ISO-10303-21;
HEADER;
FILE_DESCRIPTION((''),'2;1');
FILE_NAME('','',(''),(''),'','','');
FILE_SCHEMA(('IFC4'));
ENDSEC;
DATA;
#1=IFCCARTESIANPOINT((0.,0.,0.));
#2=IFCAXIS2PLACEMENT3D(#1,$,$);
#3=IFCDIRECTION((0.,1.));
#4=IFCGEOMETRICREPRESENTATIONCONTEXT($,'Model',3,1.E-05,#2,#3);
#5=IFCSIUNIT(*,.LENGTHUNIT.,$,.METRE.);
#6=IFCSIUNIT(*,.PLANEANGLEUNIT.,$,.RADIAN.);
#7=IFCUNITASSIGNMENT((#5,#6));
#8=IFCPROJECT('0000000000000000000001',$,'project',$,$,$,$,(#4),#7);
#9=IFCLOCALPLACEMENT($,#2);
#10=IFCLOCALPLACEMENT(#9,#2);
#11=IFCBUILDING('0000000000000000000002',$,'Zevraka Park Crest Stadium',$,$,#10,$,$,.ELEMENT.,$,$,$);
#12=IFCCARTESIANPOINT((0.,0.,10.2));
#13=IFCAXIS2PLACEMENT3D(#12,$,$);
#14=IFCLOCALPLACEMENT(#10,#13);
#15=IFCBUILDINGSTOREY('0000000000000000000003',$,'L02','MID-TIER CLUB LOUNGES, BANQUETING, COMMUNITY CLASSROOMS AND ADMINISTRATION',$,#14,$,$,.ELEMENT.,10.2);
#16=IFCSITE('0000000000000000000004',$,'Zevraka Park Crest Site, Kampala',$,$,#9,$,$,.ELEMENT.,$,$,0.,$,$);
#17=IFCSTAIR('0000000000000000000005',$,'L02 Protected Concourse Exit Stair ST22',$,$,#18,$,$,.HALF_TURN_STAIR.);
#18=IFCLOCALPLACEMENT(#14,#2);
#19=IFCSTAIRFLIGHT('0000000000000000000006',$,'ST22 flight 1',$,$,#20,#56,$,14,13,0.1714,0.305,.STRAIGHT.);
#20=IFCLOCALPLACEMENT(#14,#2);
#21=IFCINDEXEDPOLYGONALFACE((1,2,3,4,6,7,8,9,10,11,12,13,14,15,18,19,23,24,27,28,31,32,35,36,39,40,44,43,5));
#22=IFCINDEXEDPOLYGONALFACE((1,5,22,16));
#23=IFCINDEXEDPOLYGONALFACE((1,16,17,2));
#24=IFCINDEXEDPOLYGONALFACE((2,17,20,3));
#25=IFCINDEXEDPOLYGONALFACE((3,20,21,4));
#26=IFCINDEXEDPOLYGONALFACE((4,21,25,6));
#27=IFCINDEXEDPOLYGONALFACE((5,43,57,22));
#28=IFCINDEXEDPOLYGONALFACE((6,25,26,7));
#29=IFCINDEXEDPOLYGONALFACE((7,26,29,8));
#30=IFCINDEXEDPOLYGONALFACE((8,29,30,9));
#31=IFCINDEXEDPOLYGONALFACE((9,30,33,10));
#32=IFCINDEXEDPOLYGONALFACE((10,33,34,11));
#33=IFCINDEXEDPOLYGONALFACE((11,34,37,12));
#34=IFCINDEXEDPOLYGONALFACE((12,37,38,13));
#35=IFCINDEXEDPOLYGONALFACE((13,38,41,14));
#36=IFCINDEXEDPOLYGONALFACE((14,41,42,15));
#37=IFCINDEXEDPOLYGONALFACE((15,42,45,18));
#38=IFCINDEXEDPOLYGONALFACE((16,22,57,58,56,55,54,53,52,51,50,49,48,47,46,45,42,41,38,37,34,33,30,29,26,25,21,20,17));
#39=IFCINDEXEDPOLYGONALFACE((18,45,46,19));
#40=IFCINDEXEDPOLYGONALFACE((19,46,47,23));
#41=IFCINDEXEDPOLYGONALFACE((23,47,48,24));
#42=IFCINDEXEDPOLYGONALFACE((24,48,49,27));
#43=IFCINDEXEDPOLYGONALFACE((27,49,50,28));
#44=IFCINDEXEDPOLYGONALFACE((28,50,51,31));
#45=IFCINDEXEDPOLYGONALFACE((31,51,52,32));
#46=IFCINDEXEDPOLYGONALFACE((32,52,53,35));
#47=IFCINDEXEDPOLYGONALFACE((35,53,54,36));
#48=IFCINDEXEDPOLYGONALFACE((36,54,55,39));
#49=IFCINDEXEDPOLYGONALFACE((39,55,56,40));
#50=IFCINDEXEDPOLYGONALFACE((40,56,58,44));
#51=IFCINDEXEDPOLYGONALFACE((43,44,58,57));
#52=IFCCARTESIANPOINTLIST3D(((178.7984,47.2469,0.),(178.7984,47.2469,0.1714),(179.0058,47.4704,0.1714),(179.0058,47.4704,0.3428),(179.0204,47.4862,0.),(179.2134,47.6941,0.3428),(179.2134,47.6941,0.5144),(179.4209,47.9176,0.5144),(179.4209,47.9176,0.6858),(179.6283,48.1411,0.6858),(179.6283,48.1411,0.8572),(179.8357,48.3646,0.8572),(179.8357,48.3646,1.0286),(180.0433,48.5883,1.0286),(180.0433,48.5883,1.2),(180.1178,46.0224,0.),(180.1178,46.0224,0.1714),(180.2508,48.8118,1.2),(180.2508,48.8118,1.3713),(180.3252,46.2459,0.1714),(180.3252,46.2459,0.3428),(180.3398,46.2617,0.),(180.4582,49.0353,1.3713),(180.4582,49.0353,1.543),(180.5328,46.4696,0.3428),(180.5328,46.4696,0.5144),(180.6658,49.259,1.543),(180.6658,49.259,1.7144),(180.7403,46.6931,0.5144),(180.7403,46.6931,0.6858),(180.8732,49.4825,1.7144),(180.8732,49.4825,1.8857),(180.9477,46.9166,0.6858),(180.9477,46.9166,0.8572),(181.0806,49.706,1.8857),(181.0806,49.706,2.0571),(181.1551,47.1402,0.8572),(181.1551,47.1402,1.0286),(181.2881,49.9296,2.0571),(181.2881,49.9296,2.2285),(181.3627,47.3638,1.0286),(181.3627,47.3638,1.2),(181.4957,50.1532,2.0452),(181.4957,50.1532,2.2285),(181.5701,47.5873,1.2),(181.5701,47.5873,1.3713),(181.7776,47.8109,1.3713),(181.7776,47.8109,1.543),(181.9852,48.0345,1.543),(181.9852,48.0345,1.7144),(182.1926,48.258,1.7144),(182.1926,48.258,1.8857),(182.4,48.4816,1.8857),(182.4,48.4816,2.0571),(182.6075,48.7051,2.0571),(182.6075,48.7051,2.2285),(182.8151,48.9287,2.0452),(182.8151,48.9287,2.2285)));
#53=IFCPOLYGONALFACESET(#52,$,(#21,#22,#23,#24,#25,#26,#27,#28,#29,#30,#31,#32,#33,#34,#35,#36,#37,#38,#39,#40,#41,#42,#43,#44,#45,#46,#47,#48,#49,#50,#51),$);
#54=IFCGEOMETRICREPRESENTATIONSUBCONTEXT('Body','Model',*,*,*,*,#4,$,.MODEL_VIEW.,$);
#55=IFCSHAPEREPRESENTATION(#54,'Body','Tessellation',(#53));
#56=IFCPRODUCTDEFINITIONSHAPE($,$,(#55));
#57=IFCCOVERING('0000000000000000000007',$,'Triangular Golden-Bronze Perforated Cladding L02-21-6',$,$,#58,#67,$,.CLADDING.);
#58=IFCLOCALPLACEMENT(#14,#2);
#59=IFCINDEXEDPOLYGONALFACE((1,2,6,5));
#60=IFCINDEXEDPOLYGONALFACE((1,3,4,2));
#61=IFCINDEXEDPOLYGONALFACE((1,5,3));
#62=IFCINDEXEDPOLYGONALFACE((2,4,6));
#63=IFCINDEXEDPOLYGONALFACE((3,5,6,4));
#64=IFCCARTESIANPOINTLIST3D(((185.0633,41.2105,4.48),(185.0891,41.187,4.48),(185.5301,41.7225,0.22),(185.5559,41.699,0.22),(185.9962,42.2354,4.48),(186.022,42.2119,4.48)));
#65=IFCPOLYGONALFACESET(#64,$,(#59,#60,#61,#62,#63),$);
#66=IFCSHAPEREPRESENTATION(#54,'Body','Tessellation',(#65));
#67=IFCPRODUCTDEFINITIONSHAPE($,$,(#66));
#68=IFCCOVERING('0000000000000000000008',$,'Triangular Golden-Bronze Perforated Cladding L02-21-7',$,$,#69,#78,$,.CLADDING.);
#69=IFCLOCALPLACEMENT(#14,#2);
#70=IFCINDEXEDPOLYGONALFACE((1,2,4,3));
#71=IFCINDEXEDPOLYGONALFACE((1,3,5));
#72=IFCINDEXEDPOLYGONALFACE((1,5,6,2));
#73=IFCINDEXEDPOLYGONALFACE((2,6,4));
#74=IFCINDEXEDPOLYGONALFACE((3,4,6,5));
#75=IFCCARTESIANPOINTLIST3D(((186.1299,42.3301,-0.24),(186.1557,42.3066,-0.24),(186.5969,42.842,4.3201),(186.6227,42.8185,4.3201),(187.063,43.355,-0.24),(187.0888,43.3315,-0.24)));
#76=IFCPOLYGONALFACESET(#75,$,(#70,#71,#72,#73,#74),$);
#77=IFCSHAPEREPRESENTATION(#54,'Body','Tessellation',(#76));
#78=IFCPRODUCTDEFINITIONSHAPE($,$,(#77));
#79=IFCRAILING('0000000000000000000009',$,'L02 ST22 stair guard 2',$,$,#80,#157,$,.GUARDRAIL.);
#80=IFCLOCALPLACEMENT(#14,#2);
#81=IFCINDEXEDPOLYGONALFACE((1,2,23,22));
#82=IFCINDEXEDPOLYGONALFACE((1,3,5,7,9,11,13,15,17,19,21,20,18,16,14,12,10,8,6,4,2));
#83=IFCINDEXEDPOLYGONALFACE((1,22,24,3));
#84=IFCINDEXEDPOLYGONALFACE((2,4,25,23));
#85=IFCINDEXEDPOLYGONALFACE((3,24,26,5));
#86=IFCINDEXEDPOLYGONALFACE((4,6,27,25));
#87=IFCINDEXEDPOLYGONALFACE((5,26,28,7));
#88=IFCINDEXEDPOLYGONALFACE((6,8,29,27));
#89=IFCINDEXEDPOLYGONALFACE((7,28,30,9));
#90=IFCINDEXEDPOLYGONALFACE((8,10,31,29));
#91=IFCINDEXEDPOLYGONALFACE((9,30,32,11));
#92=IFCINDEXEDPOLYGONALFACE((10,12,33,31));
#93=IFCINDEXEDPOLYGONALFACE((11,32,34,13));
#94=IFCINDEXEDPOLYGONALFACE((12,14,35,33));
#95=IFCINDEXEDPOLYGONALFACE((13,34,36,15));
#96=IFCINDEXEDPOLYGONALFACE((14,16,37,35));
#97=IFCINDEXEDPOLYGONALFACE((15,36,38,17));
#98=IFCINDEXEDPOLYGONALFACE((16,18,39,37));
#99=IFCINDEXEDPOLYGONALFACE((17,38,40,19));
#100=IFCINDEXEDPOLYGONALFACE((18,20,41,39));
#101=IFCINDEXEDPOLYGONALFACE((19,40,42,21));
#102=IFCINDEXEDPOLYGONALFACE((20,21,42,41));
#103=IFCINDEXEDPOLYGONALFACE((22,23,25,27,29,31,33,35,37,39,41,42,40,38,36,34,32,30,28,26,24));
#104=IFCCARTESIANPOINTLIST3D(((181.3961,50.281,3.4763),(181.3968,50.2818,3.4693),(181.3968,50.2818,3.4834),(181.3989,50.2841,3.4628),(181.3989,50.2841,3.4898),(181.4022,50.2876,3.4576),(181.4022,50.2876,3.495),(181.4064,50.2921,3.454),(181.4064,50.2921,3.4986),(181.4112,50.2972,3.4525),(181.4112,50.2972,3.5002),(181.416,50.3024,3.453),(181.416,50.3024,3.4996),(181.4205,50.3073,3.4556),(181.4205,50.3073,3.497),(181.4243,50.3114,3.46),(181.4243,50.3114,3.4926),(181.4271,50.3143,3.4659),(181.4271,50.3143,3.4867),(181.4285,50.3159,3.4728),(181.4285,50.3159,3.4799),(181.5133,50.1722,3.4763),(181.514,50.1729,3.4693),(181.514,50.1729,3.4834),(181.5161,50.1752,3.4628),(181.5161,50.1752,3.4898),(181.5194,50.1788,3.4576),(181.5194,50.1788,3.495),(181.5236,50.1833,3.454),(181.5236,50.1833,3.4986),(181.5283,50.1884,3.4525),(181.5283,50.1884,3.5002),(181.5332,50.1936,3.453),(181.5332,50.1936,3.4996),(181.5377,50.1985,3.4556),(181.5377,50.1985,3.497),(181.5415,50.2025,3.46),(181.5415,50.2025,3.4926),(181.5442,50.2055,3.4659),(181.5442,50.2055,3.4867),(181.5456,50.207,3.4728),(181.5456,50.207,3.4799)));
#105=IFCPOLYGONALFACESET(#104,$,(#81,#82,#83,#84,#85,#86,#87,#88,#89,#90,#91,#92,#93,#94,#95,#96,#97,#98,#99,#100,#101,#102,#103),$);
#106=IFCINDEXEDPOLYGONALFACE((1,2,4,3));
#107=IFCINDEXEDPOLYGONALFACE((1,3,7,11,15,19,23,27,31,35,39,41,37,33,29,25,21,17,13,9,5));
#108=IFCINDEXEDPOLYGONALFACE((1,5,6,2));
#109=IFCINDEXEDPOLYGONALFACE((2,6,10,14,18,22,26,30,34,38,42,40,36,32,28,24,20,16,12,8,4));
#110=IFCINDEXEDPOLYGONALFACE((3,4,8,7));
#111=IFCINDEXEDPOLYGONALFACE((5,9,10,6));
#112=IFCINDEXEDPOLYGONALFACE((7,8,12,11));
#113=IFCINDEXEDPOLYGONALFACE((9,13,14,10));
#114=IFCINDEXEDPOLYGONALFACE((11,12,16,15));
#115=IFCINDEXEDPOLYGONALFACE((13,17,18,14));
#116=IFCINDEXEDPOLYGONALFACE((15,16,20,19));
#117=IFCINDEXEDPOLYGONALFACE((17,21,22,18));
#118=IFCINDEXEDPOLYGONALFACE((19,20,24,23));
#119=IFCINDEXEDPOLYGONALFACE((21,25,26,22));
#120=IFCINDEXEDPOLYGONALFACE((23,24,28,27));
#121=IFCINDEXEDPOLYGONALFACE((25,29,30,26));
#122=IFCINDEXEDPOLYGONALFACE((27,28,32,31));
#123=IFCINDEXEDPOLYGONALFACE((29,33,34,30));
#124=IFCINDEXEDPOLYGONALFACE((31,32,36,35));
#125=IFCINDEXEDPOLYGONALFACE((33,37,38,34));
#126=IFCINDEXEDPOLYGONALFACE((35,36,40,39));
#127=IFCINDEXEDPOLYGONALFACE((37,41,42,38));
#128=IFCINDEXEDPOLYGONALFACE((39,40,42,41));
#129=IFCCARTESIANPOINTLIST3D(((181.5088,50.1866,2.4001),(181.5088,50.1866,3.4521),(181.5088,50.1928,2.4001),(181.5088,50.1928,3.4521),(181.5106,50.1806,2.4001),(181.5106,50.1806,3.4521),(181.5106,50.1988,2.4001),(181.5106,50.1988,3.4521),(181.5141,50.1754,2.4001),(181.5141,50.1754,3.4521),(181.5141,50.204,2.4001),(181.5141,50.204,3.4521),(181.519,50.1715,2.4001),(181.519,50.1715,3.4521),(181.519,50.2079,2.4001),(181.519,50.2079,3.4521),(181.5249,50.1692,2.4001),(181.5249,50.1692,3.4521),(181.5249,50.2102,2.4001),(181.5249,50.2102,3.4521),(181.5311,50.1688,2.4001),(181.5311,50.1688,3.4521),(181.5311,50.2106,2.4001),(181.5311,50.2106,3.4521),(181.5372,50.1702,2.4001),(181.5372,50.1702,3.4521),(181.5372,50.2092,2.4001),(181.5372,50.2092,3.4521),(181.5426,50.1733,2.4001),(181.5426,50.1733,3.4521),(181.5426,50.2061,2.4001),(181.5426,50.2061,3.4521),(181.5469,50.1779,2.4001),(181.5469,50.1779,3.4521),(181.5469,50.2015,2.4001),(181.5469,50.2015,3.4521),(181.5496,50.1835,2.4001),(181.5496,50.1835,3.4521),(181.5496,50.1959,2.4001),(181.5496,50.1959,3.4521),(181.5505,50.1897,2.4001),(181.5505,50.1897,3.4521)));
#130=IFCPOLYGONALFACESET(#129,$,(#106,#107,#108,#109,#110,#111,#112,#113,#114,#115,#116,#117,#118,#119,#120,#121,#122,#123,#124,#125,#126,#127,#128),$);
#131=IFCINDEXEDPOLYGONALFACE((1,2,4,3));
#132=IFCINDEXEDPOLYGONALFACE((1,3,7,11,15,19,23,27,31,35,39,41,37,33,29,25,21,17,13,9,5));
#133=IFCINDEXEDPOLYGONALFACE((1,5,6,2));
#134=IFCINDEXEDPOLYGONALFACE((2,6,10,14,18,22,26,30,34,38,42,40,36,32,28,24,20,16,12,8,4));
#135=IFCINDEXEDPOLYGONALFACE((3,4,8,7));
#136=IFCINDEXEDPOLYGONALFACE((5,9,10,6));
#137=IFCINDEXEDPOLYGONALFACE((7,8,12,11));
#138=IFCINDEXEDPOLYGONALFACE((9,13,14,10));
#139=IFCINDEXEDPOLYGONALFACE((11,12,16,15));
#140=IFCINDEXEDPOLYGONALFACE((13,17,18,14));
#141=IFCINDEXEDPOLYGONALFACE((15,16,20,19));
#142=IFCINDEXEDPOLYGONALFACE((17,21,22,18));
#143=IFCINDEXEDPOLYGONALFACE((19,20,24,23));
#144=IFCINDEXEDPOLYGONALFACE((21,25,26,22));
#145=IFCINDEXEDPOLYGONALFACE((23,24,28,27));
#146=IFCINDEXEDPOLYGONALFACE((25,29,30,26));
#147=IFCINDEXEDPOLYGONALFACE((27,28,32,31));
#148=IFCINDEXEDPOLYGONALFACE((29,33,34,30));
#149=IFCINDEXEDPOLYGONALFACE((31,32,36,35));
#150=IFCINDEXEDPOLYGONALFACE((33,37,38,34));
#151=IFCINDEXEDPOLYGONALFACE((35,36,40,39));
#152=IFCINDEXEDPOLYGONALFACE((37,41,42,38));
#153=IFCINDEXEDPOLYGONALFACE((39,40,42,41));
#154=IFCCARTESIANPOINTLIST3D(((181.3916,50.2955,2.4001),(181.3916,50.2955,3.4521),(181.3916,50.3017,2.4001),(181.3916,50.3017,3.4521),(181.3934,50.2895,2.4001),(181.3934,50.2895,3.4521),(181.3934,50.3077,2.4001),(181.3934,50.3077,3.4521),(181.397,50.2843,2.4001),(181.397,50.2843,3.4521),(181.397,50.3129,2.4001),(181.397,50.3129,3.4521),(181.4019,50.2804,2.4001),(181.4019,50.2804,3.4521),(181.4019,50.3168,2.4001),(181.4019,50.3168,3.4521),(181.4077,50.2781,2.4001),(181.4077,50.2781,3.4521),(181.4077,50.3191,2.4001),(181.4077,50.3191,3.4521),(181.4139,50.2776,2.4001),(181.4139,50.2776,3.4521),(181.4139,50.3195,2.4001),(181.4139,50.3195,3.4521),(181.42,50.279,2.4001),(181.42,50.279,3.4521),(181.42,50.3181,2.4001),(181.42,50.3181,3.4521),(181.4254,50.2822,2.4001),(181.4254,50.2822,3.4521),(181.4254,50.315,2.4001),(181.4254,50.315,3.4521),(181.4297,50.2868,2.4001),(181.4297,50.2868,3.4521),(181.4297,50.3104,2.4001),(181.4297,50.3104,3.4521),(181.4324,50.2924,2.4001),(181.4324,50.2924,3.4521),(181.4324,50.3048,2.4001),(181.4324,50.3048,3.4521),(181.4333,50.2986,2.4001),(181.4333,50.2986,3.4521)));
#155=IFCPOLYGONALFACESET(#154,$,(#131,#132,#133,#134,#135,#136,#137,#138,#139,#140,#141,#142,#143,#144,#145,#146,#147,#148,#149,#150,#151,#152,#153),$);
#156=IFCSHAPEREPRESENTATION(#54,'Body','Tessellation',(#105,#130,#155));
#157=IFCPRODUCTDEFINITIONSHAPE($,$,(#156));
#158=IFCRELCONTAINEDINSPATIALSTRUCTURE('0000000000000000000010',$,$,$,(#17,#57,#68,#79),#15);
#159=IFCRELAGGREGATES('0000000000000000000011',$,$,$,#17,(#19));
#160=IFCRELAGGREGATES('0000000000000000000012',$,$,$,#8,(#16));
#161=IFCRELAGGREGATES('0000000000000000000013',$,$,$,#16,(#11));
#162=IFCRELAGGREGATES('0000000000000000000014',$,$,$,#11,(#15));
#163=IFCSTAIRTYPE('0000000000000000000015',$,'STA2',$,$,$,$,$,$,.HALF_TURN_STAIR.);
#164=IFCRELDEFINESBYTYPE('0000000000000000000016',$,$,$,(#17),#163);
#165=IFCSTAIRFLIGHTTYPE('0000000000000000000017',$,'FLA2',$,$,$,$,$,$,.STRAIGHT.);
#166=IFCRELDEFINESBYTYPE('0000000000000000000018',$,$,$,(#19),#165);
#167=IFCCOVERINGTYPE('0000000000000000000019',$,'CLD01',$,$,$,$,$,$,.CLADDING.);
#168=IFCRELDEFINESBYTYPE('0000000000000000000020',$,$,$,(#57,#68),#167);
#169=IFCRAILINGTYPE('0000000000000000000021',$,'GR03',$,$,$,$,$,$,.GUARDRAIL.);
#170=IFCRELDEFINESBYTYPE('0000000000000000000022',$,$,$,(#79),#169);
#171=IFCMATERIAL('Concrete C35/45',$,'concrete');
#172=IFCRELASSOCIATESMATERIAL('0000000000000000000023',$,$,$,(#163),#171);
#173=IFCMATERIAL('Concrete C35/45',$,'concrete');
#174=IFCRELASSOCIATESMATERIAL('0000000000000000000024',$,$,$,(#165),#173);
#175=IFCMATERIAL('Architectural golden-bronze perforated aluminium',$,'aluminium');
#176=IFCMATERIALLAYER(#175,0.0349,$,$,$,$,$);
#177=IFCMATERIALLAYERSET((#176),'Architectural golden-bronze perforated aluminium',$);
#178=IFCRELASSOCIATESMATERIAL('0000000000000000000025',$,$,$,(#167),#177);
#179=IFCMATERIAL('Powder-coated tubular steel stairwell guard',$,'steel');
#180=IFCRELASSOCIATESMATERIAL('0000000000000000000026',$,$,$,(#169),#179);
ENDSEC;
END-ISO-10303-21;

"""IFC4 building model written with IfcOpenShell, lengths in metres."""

from ifc_helpers import new_model, si_unit, direction, frame, origin, origin_2d, place, context, subcontext, project, spatial, polyline, circle, outline, extrude, material, layer, layer_set, type_object, element, aggregate, save


model = new_model("IFC4")

# Units and contexts
model_context = context("Model", 3, precision=1e-05, world=origin(), true_north=direction((0.0, 1.0)))
body_context = subcontext(model_context, "Body", "Model", "MODEL_VIEW")
ifc_project = project(units=[si_unit("LENGTHUNIT", "METRE"), si_unit("PLANEANGLEUNIT", "RADIAN")], contexts=[model_context])

# Site, building, storey
site_placement = place(None, origin())
site = spatial("IfcSite", under=ifc_project, at=site_placement, Name="Zevraka Park Crest Site, Kampala", CompositionType="ELEMENT", RefElevation=0.0)
building_placement = place(site_placement, origin())
building = spatial("IfcBuilding", under=site, at=building_placement, Name="Zevraka Park Crest Stadium", CompositionType="ELEMENT")
storey_placement = place(building_placement, frame((0.0, 0.0, 10.2)))
storey = spatial("IfcBuildingStorey", under=building, at=storey_placement, Name="L02", Description="MID-TIER CLUB LOUNGES, BANQUETING, COMMUNITY CLASSROOMS AND ADMINISTRATION", CompositionType="ELEMENT", Elevation=10.2)

# Stair, stair flight
ifc_material_1 = material(Name="Concrete C35/45", Category="concrete")
stair_type = type_object("IfcStairType", Name="STA2", PredefinedType="HALF_TURN_STAIR", material=ifc_material_1)
stair_placement = place(storey_placement, origin())
stair = element("IfcStair", 1, at=stair_placement, inside=storey, type_object=stair_type, Name="L02 Protected Concourse Exit Stair ST22", PredefinedType="HALF_TURN_STAIR")
ifc_material_2 = material(Name="Concrete C35/45", Category="concrete")
stair_flight_type = type_object("IfcStairFlightType", Name="FLA2", PredefinedType="STRAIGHT", material=ifc_material_2)
stair_flight_placement = place(storey_placement, frame((179.458, 46.6348, 0.0), z_axis=(0.0, 0.0, 1.0), x_axis=(0.680255, 0.732975, 0.0)))
stair_flight = element("IfcStairFlight", 2, at=stair_flight_placement, type_object=stair_flight_type, Name="ST22 flight 1", NumberOfRisers=14, NumberOfTreads=13, PredefinedType="STRAIGHT", RiserHeight=0.1714, TreadLength=0.305, context=body_context, shape_type="SweptSolid", body=[
    extrude(outline(polyline([(0.0, 0.0), (0.0, 0.1714), (0.3049, 0.1714), (0.3049, 0.3428), (0.6101, 0.3428), (0.6101, 0.5144), (0.915, 0.5144), (0.915, 0.6858), (1.22, 0.6858), (1.22, 0.8572), (1.5249, 0.8572), (1.5249, 1.0286), (1.8301, 1.0286), (1.8301, 1.2), (2.135, 1.2), (2.135, 1.3713), (2.4399, 1.3713), (2.4399, 1.543), (2.7451, 1.543), (2.7451, 1.7144), (3.05, 1.7144), (3.05, 1.8857), (3.355, 1.8857), (3.355, 2.0571), (3.6599, 2.0571), (3.6599, 2.2285), (3.9651, 2.2285), (3.9651, 2.3999), (3.9651, 2.0452), (0.3264, 0.0), (0.0, 0.0)])), frame((0.0, 0.8999, 0.0), z_axis=(0.0, -1.0, 0.0), x_axis=(1.0, 0.0, 0.0)), (0.0, 0.0, 1.0), 1.8),
])
aggregate(stair, [stair_flight])

# Coverings
ifc_material_3 = material(Name="Architectural golden-bronze perforated aluminium", Category="aluminium")
ifc_layer_1 = layer(ifc_material_3, 0.0349)
ifc_layer_set_1 = layer_set([ifc_layer_1], Name="Architectural golden-bronze perforated aluminium")
covering_type = type_object("IfcCoveringType", Name="CLD01", PredefinedType="CLADDING", material=ifc_layer_set_1)
covering_1_placement = place(storey_placement, frame((186.022, 42.2119, 4.48), z_axis=(0.739533, -0.67312, 0.000141), x_axis=(-0.67312, -0.739533, 0.0)))
element("IfcCovering", 3, at=covering_1_placement, inside=storey, type_object=covering_type, Name="Triangular Golden-Bronze Perforated Cladding L02-21-6", PredefinedType="CLADDING", context=body_context, shape_type="SweptSolid", body=[
    extrude(outline(polyline([(0.0, 0.0), (1.3859, 0.0), (0.6931, 4.26), (0.0, 0.0)])), origin(), (0.0, 0.0, -1.0), 0.0349),
])
covering_2_placement = place(storey_placement, frame((186.1299, 42.3301, -0.24), z_axis=(-0.739446, 0.673216, 0.000151), x_axis=(0.673216, 0.739446, 0.0)))
element("IfcCovering", 4, at=covering_2_placement, inside=storey, type_object=covering_type, Name="Triangular Golden-Bronze Perforated Cladding L02-21-7", PredefinedType="CLADDING", context=body_context, shape_type="SweptSolid", body=[
    extrude(outline(polyline([(0.0, 0.0), (1.386, 0.0), (0.693, -4.5601), (0.0, 0.0)])), origin(), (0.0, 0.0, -1.0), 0.0349),
])

# Railing
ifc_material_4 = material(Name="Powder-coated tubular steel stairwell guard", Category="steel")
railing_type_1 = type_object("IfcRailingType", Name="GR03", PredefinedType="GUARDRAIL", material=ifc_material_4)
railing_1_placement = place(storey_placement, frame((181.5295, 50.1897, 2.4001)))
element("IfcRailing", 5, at=railing_1_placement, inside=storey, type_object=railing_type_1, Name="L02 ST22 stair guard 2", PredefinedType="GUARDRAIL", context=body_context, shape_type="SweptSolid", body=[
    extrude(circle(Radius=0.0239, at=origin_2d()), frame((0.0, 0.0, 1.0762), z_axis=(-0.732576, 0.680685, 0.0), x_axis=(-0.680685, -0.732576, 0.0)), (0.0, 0.0, 1.0), 0.1599),
    extrude(circle(Radius=0.021, at=origin_2d()), origin(), (0.0, 0.0, 1.0), 1.052),
    extrude(circle(Radius=0.021, at=origin_2d()), frame((-0.1172, 0.1089, 0.0)), (0.0, 0.0, 1.0), 1.052),
])

save(model, "model.ifc")
